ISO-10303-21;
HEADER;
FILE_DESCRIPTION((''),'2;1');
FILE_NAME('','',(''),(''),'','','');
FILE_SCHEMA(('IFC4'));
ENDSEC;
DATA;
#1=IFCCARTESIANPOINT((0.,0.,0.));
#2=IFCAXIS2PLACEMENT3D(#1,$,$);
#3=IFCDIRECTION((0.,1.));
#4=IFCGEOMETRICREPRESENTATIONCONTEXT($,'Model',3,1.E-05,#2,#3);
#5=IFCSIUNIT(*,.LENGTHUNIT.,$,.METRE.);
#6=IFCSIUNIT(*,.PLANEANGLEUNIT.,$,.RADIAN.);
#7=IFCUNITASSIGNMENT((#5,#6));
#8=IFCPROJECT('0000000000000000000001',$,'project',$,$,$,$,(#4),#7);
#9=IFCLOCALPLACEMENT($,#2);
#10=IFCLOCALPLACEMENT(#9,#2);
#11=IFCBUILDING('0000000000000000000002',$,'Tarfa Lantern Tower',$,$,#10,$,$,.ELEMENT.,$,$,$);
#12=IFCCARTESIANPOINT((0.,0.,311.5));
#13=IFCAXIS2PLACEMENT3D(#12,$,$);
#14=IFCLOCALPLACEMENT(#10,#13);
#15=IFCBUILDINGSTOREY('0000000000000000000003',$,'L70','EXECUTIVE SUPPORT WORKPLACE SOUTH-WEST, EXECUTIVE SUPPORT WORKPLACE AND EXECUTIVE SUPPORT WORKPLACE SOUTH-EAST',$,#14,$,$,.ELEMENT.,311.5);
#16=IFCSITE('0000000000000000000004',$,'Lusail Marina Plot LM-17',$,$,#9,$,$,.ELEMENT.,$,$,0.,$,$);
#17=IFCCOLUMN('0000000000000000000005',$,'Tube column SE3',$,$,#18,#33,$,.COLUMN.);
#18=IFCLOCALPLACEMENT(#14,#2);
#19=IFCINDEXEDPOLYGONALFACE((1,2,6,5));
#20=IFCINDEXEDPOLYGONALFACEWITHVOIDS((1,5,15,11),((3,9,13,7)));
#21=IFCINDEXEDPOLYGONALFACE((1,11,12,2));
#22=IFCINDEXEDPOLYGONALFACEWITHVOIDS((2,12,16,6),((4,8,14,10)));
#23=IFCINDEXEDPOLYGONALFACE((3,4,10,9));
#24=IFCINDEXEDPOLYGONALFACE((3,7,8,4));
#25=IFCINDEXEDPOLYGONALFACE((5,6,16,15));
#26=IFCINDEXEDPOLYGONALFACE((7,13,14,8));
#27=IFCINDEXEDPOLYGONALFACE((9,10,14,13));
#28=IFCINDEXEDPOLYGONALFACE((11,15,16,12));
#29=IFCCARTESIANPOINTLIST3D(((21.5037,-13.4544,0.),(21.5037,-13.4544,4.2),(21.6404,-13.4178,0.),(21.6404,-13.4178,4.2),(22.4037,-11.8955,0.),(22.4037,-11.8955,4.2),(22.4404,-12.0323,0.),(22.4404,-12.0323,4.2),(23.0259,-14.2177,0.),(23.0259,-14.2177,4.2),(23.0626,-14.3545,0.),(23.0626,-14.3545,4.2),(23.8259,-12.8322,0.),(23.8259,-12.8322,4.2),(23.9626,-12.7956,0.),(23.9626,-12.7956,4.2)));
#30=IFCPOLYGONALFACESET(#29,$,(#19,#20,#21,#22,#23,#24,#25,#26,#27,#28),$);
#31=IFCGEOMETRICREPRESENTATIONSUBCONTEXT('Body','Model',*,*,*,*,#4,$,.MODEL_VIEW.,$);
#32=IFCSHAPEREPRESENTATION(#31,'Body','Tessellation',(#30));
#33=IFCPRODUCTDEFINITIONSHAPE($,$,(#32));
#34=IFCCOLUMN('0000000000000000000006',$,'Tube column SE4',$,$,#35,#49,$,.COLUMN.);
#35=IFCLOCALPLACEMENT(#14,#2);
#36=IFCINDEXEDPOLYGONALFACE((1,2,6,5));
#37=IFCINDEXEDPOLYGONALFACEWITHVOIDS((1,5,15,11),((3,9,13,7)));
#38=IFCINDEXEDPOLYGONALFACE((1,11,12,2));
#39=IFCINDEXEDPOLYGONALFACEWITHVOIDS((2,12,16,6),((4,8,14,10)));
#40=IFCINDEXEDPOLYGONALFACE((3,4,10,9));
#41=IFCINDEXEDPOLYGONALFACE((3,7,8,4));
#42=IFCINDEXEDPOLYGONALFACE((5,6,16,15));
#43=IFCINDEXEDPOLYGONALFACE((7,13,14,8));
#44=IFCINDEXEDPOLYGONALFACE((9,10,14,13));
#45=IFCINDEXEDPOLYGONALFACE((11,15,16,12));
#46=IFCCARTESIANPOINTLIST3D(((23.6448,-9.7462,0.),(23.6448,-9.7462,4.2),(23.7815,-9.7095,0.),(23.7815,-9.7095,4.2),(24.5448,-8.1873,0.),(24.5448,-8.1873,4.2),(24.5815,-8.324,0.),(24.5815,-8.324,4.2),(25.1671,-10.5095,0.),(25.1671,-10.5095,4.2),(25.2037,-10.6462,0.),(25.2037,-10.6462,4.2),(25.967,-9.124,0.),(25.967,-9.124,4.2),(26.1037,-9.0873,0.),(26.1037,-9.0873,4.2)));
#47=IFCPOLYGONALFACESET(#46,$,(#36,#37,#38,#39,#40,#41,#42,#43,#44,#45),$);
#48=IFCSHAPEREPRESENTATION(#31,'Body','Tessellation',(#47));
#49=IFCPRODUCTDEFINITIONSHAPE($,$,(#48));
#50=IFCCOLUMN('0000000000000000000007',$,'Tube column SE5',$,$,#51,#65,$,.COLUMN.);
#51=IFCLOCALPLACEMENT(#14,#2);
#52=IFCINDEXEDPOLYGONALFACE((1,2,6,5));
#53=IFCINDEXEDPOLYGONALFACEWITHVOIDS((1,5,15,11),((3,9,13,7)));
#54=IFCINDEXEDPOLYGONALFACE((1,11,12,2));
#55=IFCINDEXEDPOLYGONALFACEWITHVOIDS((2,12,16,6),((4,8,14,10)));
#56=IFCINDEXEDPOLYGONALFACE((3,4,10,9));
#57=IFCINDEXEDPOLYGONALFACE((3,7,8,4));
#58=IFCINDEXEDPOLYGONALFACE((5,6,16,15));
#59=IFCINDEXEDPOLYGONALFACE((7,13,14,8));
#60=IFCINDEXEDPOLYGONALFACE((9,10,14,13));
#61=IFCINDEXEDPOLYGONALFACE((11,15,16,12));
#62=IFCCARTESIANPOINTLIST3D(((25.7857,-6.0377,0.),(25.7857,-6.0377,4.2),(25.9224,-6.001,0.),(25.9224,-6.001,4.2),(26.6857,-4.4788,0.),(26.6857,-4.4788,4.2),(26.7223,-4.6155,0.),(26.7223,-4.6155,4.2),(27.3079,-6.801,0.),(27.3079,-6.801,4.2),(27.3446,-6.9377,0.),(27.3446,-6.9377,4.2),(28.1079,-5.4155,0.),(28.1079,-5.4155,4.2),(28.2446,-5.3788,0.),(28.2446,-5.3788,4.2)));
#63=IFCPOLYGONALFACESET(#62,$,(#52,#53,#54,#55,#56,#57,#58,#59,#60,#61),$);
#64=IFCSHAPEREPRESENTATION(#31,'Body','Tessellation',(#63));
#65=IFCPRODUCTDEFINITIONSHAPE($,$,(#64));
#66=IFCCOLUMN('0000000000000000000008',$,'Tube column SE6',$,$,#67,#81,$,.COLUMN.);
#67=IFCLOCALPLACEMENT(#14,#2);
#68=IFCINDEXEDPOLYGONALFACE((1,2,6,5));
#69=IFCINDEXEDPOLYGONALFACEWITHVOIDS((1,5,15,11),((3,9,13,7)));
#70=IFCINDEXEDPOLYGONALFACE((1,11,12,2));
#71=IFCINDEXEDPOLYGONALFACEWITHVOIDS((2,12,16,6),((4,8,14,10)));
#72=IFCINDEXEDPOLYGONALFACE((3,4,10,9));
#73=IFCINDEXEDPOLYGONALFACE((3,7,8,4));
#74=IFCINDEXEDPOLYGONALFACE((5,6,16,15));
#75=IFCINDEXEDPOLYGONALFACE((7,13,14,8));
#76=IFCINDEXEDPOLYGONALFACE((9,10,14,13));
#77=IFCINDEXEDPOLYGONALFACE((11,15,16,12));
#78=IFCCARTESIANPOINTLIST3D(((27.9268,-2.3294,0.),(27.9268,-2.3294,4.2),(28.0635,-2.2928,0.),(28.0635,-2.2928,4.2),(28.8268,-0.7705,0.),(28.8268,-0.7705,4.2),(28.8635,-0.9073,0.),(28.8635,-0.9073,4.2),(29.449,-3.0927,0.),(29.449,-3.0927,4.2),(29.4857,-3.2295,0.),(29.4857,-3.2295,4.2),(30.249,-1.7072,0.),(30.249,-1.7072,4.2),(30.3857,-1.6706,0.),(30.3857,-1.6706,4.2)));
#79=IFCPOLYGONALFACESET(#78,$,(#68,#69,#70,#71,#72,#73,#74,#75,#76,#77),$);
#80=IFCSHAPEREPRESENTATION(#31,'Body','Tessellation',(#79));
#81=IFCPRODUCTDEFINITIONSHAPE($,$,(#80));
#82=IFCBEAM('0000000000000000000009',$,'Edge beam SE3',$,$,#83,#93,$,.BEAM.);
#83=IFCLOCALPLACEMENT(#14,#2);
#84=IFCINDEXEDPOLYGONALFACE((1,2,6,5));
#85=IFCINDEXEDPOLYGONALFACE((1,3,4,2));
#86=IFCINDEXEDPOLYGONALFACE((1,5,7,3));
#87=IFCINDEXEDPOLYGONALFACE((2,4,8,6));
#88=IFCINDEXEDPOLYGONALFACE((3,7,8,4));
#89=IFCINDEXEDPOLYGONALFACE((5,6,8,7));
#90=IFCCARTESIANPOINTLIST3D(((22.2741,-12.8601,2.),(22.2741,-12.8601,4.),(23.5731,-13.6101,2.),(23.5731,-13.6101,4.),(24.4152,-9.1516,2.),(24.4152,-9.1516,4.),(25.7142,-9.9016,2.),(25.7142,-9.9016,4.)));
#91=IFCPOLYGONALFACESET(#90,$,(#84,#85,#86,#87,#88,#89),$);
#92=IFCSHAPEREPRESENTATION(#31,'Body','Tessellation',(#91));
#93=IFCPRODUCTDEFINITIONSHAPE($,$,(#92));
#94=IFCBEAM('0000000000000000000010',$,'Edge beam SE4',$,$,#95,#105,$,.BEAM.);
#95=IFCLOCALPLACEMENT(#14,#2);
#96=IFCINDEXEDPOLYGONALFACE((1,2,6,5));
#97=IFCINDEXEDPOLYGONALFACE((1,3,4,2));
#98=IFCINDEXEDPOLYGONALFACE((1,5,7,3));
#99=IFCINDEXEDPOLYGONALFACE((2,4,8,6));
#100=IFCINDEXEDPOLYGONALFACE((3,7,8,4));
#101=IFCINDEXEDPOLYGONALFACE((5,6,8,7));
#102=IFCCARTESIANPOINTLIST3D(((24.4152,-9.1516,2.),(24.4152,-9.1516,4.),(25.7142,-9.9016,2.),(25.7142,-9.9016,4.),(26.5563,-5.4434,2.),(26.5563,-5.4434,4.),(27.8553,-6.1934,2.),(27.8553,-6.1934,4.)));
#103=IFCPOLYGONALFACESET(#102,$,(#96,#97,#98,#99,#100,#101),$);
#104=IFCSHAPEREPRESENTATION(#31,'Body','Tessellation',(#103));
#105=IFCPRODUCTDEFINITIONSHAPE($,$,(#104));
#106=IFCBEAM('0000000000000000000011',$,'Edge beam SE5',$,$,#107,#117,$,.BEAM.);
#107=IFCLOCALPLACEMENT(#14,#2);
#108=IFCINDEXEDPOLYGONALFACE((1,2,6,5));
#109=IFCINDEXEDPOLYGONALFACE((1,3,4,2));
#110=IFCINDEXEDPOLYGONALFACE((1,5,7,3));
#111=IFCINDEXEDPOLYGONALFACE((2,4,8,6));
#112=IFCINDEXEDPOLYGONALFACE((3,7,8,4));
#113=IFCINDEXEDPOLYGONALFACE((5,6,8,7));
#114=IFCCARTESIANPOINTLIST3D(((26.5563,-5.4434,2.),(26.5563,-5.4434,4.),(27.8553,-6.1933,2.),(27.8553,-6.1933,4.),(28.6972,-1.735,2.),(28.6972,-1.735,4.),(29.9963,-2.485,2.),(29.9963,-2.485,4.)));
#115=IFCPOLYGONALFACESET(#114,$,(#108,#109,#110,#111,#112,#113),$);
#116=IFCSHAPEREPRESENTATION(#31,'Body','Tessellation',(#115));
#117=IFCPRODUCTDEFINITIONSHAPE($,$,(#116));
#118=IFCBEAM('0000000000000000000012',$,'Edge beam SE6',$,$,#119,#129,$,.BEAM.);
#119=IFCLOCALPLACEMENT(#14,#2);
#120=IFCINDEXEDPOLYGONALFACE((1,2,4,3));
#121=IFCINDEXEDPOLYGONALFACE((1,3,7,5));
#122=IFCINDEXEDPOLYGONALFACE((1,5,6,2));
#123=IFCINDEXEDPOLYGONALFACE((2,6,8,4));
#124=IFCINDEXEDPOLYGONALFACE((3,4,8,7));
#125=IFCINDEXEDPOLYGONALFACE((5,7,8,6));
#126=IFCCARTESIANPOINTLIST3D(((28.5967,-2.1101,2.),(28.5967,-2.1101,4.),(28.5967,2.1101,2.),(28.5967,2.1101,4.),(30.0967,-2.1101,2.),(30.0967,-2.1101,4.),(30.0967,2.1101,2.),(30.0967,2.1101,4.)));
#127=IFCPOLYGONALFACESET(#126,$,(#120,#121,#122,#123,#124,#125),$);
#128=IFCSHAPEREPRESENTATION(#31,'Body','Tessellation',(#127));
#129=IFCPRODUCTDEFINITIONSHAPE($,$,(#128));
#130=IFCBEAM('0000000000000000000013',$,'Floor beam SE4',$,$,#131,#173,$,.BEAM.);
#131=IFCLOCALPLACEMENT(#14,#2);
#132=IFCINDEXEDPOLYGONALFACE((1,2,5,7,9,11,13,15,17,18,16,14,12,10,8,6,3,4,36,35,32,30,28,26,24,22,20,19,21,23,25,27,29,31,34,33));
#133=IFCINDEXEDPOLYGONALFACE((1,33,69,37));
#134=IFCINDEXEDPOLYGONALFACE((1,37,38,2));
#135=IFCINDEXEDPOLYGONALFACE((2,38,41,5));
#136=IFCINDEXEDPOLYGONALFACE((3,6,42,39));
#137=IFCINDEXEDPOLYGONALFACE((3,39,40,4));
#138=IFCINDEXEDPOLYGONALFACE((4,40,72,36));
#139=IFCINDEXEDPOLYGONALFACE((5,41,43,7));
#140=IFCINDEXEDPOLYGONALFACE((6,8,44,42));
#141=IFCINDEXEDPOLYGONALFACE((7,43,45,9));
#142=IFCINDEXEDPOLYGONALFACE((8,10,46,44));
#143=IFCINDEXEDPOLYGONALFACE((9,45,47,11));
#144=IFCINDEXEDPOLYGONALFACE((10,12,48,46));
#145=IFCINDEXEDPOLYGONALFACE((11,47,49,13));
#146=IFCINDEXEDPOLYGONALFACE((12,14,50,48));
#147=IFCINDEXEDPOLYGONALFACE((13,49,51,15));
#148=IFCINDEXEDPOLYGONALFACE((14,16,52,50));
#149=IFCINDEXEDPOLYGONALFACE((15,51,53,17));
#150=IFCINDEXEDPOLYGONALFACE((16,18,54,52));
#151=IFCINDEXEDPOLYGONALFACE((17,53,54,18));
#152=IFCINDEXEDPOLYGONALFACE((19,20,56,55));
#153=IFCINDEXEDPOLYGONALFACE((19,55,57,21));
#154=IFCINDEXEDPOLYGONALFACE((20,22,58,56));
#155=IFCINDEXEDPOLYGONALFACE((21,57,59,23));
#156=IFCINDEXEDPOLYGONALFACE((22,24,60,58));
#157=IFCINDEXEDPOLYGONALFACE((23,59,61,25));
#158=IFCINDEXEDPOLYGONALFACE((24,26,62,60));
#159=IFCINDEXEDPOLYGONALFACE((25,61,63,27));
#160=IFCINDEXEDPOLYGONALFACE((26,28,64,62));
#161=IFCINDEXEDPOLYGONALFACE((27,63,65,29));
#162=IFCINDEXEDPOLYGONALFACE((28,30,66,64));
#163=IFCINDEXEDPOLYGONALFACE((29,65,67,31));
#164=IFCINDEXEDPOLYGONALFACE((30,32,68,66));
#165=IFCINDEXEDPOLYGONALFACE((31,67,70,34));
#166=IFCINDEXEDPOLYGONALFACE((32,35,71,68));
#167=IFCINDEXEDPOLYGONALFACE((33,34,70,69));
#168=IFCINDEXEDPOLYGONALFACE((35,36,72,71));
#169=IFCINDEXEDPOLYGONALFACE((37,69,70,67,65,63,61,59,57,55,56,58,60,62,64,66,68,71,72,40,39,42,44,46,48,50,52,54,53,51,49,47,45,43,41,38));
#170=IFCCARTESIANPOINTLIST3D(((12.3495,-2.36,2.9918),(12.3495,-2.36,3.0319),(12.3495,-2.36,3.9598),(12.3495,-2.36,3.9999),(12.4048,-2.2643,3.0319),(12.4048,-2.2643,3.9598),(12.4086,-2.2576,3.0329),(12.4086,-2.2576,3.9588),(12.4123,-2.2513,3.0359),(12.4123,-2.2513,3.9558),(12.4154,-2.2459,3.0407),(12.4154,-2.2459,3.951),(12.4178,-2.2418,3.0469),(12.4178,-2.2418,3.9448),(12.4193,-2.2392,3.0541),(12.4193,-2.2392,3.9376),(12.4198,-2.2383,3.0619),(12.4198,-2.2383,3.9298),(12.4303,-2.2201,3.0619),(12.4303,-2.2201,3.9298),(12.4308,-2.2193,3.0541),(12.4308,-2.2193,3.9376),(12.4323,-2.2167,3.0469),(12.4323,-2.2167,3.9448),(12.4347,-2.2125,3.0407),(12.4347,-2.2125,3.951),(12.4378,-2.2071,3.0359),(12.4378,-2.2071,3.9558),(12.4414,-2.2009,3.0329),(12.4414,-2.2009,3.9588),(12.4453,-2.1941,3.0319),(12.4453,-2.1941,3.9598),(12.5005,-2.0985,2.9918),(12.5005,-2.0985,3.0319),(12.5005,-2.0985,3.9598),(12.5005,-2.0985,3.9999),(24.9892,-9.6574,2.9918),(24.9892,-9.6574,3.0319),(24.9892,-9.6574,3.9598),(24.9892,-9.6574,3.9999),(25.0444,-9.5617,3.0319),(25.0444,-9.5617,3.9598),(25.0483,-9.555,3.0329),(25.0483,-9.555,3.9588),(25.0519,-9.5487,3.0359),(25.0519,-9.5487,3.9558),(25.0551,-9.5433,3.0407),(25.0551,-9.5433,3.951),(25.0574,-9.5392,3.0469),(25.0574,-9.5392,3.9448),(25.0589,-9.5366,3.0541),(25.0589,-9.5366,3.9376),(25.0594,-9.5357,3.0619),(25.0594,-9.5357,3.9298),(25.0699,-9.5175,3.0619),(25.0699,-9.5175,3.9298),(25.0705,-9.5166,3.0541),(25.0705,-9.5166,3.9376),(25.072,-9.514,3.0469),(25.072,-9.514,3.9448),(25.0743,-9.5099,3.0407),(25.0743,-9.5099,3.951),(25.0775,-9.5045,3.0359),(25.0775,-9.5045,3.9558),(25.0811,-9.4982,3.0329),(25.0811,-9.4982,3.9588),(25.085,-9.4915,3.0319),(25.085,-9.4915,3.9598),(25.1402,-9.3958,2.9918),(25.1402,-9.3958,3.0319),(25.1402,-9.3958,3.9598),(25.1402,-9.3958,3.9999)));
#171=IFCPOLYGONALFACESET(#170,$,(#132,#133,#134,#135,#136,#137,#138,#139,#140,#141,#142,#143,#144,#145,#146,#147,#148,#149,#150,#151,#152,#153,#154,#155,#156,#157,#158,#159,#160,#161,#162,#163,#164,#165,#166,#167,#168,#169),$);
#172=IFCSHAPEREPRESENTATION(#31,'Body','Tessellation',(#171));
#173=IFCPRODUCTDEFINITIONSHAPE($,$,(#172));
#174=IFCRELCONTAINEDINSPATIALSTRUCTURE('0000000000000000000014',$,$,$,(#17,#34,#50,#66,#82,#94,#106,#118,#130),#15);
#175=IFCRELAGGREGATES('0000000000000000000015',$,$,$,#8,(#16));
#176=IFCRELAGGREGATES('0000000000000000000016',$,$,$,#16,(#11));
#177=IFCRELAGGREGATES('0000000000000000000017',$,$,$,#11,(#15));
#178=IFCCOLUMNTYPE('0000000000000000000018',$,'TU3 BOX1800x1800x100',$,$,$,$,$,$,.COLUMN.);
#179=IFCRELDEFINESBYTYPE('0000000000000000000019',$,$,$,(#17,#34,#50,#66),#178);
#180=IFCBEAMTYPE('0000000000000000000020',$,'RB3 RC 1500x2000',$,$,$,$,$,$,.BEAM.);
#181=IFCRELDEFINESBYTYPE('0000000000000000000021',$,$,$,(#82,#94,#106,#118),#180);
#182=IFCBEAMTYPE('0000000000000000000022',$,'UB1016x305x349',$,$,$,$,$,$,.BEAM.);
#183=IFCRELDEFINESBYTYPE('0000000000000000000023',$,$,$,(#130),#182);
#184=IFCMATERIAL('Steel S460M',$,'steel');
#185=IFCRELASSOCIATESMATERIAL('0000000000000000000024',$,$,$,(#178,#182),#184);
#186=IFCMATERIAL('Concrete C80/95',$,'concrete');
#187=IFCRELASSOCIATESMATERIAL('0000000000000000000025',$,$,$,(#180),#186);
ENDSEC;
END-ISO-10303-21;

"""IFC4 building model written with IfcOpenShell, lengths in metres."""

from ifc_helpers import new_model, si_unit, direction, frame, origin, origin_2d, place, context, subcontext, project, spatial, rectangle, hollow_rectangle, i_section, extrude, material, material_profile, profile_set, type_object, element, save


model = new_model("IFC4")

# Units and contexts
model_context = context("Model", 3, precision=1e-05, world=origin(), true_north=direction((0.0, 1.0)))
body_context = subcontext(model_context, "Body", "Model", "MODEL_VIEW")
ifc_project = project(units=[si_unit("LENGTHUNIT", "METRE"), si_unit("PLANEANGLEUNIT", "RADIAN")], contexts=[model_context])

# Site, building, storey
site_placement = place(None, origin())
site = spatial("IfcSite", under=ifc_project, at=site_placement, Name="Lusail Marina Plot LM-17", CompositionType="ELEMENT", RefElevation=0.0)
building_placement = place(site_placement, origin())
building = spatial("IfcBuilding", under=site, at=building_placement, Name="Tarfa Lantern Tower", CompositionType="ELEMENT")
storey_placement = place(building_placement, frame((0.0, 0.0, 311.5)))
storey = spatial("IfcBuildingStorey", under=building, at=storey_placement, Name="L70", Description="EXECUTIVE SUPPORT WORKPLACE SOUTH-WEST, EXECUTIVE SUPPORT WORKPLACE AND EXECUTIVE SUPPORT WORKPLACE SOUTH-EAST", CompositionType="ELEMENT", Elevation=311.5)

# Columns
ifc_material_1 = material(Name="Steel S460M", Category="steel")
ifc_material_profile_1 = material_profile(ifc_material_1, hollow_rectangle(XDim=1.8, YDim=1.8, WallThickness=0.1001, at=origin_2d()), Name="BOX1800x1800x100")
ifc_profile_set_1 = profile_set([ifc_material_profile_1], Name="Steel S460M")
column_type = type_object("IfcColumnType", Name="TU3 BOX1800x1800x100", PredefinedType="COLUMN", material=ifc_profile_set_1)
for number, where, z_axis, x_axis, name in (
    (1, (22.7332, -13.125, 0.0), (0.0, 0.0, 1.0), (0.5, 0.866025, 0.0), "Tube column SE3"),
    (2, (24.8743, -9.4167, 0.0), (0.0, 0.0, 1.0), (0.5, 0.866025, 0.0), "Tube column SE4"),
    (3, (27.0151, -5.7083, 0.0), (0.0, 0.0, 1.0), (0.5, 0.866025, 0.0), "Tube column SE5"),
    (4, (29.1562, -2.0, 0.0), (0.0, 0.0, 1.0), (0.5, 0.866025, 0.0), "Tube column SE6"),
):
    element("IfcColumn", number, at=place(storey_placement, frame(where, z_axis=z_axis, x_axis=x_axis)), inside=storey, type_object=column_type, Name=name, PredefinedType="COLUMN", context=body_context, shape_type="SweptSolid", body=[
        extrude(hollow_rectangle(XDim=1.8, YDim=1.8, WallThickness=0.1001, at=origin_2d()), origin(), (0.0, 0.0, 1.0), 4.2),
    ])

# Beams
ifc_material_2 = material(Name="Concrete C80/95", Category="concrete")
ifc_material_profile_2 = material_profile(ifc_material_2, rectangle(XDim=1.5, YDim=2.0, at=origin_2d()), Name="RC 1500x2000")
ifc_profile_set_2 = profile_set([ifc_material_profile_2], Name="Concrete C80/95")
beam_type_1 = type_object("IfcBeamType", Name="RB3 RC 1500x2000", PredefinedType="BEAM", material=ifc_profile_set_2)
beam_1_placement = place(storey_placement, frame((22.9236, -13.2351, 3.0), z_axis=(0.500002, 0.866024, 0.0), x_axis=(-0.866024, 0.500002, 0.0)))
element("IfcBeam", 5, at=beam_1_placement, inside=storey, type_object=beam_type_1, Name="Edge beam SE3", PredefinedType="BEAM", context=body_context, shape_type="SweptSolid", body=[
    extrude(rectangle(XDim=1.5, YDim=2.0, at=origin_2d()), origin(), (0.0, 0.0, 1.0), 4.2822),
])
for number, where, z_axis, x_axis, name in (
    (6, (25.0647, -9.5266, 3.0), (0.500027, 0.86601, 0.0), (-0.86601, 0.500027, 0.0), "Edge beam SE4"),
    (7, (27.2058, -5.8184, 3.0), (0.499984, 0.866035, 0.0), (-0.866035, 0.499984, 0.0), "Edge beam SE5"),
):
    element("IfcBeam", number, at=place(storey_placement, frame(where, z_axis=z_axis, x_axis=x_axis)), inside=storey, type_object=beam_type_1, Name=name, PredefinedType="BEAM", context=body_context, shape_type="SweptSolid", body=[
        extrude(rectangle(XDim=1.5, YDim=2.0, at=origin_2d()), origin(), (0.0, 0.0, 1.0), 4.282),
    ])
beam_2_placement = place(storey_placement, frame((29.3467, -2.1101, 3.0), z_axis=(0.0, 1.0, 0.0), x_axis=(-1.0, 0.0, 0.0)))
element("IfcBeam", 8, at=beam_2_placement, inside=storey, type_object=beam_type_1, Name="Edge beam SE6", PredefinedType="BEAM", context=body_context, shape_type="SweptSolid", body=[
    extrude(rectangle(XDim=1.5, YDim=2.0, at=origin_2d()), origin(), (0.0, 0.0, 1.0), 4.2202),
])
ifc_material_profile_3 = material_profile(ifc_material_1, i_section(OverallWidth=0.302, OverallDepth=1.0081, WebThickness=0.021, FlangeThickness=0.04, FilletRadius=0.03, at=origin_2d()), Name="UB1016x305x349")
ifc_profile_set_3 = profile_set([ifc_material_profile_3], Name="Steel S460M")
beam_type_2 = type_object("IfcBeamType", Name="UB1016x305x349", PredefinedType="BEAM", material=ifc_profile_set_3)
beam_3_placement = place(storey_placement, frame((25.0647, -9.5266, 3.4958), z_axis=(-0.86603, 0.499993, 0.0), x_axis=(-0.499993, -0.86603, 0.0)))
element("IfcBeam", 9, at=beam_3_placement, inside=storey, type_object=beam_type_2, Name="Floor beam SE4", PredefinedType="BEAM", context=body_context, shape_type="SweptSolid", body=[
    extrude(i_section(OverallWidth=0.302, OverallDepth=1.0081, WebThickness=0.021, FlangeThickness=0.04, FilletRadius=0.03, at=origin_2d()), origin(), (0.0, 0.0, 1.0), 14.595),
])

save(model, "model.ifc")
